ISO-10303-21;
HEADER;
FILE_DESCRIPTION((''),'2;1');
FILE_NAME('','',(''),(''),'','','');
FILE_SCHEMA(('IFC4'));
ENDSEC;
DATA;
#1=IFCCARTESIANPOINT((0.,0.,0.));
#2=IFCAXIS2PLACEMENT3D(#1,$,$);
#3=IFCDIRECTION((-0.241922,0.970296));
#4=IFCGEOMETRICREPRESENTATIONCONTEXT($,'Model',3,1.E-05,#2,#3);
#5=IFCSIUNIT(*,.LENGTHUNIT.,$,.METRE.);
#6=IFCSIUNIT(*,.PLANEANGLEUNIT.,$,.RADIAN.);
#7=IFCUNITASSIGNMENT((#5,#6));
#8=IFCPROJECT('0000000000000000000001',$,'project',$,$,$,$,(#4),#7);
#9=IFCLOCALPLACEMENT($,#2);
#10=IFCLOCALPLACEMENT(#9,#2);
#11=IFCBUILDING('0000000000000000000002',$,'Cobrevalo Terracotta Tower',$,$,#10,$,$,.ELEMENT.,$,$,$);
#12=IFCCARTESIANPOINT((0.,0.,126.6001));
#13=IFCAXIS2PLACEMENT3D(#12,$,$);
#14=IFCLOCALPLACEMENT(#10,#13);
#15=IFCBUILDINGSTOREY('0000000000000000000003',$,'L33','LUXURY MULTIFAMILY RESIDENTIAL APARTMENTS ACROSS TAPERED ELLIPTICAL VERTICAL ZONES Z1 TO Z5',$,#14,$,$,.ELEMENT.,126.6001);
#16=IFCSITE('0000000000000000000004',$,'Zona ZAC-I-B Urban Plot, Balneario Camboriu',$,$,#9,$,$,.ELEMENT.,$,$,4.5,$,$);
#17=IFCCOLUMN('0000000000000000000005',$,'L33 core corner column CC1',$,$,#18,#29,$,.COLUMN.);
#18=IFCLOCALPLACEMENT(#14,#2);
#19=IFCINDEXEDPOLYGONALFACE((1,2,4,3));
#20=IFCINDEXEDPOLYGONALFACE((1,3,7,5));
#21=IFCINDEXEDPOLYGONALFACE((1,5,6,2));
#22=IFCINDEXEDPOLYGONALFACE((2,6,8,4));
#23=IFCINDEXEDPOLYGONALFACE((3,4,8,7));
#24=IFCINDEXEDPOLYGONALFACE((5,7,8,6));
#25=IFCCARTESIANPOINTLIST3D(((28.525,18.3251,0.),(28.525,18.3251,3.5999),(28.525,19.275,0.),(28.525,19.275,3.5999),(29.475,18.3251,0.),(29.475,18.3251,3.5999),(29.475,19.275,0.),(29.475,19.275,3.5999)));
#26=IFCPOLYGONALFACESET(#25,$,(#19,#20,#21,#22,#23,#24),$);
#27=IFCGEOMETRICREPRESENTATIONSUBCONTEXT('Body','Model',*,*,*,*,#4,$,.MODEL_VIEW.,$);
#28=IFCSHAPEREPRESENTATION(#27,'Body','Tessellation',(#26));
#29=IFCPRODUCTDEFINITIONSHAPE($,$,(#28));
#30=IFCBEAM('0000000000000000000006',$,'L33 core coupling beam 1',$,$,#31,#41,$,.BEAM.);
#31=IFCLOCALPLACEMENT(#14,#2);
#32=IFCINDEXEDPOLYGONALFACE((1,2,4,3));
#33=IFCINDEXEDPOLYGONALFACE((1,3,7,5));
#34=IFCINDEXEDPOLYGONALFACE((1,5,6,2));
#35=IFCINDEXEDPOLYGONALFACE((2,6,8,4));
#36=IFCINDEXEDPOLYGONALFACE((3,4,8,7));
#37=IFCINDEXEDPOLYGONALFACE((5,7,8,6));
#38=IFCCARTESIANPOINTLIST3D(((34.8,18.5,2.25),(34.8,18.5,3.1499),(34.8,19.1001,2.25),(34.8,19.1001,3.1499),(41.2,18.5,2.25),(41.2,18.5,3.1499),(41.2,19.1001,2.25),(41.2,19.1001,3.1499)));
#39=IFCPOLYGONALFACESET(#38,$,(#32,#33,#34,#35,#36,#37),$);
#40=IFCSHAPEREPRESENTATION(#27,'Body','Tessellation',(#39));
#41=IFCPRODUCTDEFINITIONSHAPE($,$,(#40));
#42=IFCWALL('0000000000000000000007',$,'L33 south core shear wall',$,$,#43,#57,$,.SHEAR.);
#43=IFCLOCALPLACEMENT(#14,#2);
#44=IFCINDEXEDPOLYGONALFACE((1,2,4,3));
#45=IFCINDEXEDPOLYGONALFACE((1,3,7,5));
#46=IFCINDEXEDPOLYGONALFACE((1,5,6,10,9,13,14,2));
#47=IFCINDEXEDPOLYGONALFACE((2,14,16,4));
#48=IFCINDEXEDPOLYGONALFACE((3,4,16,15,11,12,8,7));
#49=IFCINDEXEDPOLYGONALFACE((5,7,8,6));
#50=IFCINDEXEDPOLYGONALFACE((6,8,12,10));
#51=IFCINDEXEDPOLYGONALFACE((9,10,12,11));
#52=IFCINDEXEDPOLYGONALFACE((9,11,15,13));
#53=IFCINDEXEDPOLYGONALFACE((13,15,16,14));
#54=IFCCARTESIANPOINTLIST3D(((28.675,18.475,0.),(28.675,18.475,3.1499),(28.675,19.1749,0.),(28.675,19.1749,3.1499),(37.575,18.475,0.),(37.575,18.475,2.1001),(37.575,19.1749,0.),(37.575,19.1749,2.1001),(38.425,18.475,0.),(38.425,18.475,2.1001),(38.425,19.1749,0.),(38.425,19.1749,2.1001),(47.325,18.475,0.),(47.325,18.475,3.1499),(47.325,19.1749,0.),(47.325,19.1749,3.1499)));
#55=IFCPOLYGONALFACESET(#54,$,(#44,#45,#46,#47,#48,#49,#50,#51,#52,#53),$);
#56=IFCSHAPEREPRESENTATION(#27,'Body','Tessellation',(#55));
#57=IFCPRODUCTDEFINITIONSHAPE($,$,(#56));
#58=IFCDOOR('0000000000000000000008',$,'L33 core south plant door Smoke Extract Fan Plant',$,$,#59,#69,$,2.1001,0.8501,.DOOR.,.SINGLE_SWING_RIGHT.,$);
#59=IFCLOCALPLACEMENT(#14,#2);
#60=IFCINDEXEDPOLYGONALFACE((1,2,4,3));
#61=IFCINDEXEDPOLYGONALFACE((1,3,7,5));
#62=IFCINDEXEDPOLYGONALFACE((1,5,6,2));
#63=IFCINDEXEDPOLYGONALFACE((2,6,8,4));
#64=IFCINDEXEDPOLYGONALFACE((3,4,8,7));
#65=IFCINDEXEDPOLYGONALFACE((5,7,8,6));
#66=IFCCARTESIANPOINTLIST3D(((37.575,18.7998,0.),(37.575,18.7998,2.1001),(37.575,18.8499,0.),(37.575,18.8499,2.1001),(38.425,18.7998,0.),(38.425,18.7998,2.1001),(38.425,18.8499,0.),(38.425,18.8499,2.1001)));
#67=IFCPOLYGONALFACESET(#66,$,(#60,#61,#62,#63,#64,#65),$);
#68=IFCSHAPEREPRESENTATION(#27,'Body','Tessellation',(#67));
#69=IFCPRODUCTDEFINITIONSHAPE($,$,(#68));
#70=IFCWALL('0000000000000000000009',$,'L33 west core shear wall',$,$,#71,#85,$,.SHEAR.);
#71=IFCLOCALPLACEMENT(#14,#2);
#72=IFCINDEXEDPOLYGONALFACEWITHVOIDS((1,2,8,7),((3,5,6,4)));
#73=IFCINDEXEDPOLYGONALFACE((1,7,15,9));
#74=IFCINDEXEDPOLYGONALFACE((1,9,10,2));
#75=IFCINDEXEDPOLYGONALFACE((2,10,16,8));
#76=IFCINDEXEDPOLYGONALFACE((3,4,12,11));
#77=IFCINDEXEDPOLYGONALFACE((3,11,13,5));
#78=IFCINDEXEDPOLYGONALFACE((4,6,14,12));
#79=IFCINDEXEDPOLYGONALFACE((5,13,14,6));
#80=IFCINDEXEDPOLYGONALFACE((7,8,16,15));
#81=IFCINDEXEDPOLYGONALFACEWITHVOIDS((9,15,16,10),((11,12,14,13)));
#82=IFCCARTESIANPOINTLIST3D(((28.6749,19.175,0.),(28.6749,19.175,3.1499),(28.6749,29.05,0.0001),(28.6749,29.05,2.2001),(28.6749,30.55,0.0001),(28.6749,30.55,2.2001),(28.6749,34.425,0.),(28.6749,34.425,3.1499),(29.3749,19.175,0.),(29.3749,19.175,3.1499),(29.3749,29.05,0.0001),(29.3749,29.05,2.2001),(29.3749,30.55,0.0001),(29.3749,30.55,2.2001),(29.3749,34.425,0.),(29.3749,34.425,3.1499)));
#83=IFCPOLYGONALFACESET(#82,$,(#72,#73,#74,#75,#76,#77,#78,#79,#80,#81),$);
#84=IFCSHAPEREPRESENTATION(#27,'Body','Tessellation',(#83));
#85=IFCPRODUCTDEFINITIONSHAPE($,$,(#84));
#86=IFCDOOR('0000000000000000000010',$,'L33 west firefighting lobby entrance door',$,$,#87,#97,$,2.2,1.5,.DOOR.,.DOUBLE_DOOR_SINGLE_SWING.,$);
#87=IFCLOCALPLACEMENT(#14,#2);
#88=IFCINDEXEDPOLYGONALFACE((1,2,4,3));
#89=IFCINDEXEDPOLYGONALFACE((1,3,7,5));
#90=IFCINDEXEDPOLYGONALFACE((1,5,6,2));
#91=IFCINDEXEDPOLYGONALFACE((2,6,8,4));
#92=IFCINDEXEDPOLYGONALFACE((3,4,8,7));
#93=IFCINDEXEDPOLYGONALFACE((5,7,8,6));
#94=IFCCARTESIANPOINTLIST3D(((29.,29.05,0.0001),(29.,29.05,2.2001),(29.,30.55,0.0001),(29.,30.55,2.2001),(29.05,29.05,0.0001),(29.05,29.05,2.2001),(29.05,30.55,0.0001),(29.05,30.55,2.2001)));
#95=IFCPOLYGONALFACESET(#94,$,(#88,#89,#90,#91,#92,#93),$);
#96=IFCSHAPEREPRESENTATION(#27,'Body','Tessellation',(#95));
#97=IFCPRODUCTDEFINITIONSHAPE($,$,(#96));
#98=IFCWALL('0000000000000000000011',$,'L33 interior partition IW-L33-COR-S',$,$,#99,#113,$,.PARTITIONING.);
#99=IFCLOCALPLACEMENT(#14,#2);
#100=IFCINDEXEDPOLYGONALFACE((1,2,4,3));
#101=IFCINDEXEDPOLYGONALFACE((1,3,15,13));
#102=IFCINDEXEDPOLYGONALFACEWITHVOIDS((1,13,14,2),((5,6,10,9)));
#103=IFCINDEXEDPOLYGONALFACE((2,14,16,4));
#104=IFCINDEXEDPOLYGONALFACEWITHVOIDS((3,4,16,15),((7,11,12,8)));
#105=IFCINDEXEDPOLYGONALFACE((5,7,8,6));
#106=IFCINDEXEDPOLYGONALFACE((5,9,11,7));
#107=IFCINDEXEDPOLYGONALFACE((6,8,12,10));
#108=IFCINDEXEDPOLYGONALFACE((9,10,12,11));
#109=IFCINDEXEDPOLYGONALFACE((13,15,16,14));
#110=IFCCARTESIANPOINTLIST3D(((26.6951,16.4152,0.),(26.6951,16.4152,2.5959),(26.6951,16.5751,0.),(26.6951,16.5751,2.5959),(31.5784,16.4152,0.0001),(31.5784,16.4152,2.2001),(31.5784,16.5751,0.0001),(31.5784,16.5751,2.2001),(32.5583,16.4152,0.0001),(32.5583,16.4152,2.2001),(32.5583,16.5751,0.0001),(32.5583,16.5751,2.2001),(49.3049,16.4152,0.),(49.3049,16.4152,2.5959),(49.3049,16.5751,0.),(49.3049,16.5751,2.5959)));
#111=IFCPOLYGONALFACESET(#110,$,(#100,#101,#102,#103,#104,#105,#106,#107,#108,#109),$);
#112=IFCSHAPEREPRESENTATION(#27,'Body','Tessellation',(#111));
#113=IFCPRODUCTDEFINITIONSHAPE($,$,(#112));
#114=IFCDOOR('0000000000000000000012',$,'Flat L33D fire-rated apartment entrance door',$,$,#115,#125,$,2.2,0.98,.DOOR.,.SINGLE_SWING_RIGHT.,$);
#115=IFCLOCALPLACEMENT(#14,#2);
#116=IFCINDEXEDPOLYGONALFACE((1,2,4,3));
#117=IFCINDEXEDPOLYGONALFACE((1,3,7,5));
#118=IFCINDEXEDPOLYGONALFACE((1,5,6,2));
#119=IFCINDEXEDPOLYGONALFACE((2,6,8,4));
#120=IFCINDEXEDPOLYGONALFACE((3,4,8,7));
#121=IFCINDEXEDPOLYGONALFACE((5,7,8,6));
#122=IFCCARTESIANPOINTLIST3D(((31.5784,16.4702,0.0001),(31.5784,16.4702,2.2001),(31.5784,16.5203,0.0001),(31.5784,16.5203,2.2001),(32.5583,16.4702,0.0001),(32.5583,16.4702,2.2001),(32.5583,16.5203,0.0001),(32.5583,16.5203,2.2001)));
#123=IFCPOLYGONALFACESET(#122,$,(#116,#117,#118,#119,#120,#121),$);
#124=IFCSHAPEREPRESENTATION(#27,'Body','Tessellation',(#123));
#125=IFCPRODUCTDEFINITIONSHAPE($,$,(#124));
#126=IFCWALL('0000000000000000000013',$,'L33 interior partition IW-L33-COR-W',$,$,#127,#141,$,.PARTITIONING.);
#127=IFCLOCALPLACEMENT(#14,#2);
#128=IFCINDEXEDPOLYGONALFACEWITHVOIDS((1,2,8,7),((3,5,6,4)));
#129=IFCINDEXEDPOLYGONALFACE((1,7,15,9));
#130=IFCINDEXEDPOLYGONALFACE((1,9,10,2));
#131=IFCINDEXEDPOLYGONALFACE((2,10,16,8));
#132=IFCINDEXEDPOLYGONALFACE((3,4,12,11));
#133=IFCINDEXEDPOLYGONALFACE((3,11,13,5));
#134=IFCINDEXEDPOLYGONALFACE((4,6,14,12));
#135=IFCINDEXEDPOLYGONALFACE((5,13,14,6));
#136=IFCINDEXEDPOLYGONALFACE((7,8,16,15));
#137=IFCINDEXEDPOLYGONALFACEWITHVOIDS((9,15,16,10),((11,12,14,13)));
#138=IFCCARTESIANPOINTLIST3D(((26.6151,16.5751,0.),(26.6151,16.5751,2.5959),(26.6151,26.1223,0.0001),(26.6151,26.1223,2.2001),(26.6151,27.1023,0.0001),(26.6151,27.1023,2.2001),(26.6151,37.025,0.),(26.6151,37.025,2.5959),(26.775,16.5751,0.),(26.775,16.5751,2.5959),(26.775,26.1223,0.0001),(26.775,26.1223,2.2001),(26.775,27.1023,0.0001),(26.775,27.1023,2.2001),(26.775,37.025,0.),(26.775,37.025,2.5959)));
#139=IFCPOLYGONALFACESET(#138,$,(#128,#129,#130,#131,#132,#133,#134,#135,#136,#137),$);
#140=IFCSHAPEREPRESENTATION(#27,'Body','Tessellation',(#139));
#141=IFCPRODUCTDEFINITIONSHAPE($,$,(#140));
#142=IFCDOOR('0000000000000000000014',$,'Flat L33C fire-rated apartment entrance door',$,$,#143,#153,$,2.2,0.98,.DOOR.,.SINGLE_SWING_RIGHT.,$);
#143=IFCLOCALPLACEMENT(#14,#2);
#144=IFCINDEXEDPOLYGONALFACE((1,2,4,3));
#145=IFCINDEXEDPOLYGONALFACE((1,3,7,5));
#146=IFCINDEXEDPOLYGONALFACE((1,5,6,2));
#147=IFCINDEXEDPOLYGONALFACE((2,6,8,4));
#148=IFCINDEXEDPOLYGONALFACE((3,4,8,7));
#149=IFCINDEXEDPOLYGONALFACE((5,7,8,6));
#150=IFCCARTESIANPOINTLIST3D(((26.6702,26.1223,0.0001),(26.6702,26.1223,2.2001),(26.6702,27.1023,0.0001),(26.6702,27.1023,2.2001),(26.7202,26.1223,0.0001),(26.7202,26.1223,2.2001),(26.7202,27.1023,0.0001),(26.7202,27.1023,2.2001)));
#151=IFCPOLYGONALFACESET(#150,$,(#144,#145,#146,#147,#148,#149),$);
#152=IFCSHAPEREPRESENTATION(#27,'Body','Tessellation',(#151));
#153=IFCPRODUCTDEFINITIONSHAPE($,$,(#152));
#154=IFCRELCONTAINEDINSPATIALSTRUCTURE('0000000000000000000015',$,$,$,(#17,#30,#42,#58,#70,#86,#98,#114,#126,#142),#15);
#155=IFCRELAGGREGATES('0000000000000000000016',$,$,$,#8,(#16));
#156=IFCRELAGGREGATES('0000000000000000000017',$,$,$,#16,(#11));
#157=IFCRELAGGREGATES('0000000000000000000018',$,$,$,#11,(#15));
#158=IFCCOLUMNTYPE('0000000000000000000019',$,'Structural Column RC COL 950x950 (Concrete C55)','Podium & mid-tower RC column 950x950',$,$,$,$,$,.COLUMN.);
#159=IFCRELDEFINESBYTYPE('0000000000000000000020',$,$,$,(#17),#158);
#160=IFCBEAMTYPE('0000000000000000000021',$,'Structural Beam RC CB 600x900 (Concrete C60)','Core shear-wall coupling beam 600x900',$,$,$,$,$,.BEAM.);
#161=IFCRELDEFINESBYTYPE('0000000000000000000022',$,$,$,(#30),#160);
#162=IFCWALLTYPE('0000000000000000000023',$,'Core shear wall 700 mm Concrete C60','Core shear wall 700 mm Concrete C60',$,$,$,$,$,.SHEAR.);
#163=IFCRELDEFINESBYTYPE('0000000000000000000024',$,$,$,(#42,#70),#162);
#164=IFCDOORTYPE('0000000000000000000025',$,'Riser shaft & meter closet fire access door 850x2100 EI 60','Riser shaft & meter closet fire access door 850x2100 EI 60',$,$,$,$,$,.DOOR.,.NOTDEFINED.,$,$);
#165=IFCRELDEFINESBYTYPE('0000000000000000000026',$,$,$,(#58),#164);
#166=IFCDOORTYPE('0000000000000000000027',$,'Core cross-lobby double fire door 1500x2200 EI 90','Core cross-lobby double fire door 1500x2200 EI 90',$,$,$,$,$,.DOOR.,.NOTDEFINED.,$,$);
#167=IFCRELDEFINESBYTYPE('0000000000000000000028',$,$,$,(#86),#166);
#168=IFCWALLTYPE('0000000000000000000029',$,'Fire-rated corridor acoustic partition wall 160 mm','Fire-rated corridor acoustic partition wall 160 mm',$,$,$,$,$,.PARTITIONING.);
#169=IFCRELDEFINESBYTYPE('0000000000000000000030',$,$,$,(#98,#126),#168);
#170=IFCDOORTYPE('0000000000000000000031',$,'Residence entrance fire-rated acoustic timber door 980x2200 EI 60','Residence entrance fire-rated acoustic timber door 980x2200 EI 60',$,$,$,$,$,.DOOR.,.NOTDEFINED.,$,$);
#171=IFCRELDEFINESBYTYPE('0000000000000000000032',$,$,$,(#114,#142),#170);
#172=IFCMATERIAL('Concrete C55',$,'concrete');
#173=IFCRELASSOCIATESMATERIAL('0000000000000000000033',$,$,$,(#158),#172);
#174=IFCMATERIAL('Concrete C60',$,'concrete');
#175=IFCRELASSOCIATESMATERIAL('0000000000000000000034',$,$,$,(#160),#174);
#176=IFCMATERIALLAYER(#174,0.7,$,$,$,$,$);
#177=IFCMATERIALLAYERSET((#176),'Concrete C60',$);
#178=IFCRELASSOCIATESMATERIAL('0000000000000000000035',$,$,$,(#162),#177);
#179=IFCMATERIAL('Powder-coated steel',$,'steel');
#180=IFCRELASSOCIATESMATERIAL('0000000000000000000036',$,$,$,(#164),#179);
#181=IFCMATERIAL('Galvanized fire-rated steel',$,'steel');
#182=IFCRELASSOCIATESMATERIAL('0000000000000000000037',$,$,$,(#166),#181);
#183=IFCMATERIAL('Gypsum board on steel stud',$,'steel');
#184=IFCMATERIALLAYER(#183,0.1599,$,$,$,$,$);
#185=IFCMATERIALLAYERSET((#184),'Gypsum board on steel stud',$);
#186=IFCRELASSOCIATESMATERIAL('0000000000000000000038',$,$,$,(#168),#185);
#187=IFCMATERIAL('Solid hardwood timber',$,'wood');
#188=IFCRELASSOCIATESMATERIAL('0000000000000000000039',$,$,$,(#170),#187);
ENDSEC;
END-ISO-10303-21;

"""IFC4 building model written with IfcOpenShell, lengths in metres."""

from ifc_helpers import new_model, si_unit, direction, frame, frame_2d, origin, origin_2d, place, context, subcontext, project, spatial, rectangle, extrude, source, transform, mapped, material, layer, layer_set, material_profile, profile_set, type_object, element, fill, save


model = new_model("IFC4")

# Units and contexts
model_context = context("Model", 3, precision=1e-05, world=origin(), true_north=direction((-0.241922, 0.970296)))
body_context = subcontext(model_context, "Body", "Model", "MODEL_VIEW")
ifc_project = project(units=[si_unit("LENGTHUNIT", "METRE"), si_unit("PLANEANGLEUNIT", "RADIAN")], contexts=[model_context])

# Site, building, storey
site_placement = place(None, origin())
site = spatial("IfcSite", under=ifc_project, at=site_placement, Name="Zona ZAC-I-B Urban Plot, Balneario Camboriu", CompositionType="ELEMENT", RefElevation=4.5)
building_placement = place(site_placement, origin())
building = spatial("IfcBuilding", under=site, at=building_placement, Name="Cobrevalo Terracotta Tower", CompositionType="ELEMENT")
storey_placement = place(building_placement, frame((0.0, 0.0, 126.6001)))
storey = spatial("IfcBuildingStorey", under=building, at=storey_placement, Name="L33", Description="LUXURY MULTIFAMILY RESIDENTIAL APARTMENTS ACROSS TAPERED ELLIPTICAL VERTICAL ZONES Z1 TO Z5", CompositionType="ELEMENT", Elevation=126.6001)

# Column
ifc_material_1 = material(Name="Concrete C55", Category="concrete")
ifc_material_profile_1 = material_profile(ifc_material_1, rectangle(XDim=0.95, YDim=0.95, at=origin_2d()), Name="RC COL 950x950")
ifc_profile_set_1 = profile_set([ifc_material_profile_1], Name="Concrete C55")
column_type = type_object("IfcColumnType", Name="Structural Column RC COL 950x950 (Concrete C55)", Description="Podium & mid-tower RC column 950x950", PredefinedType="COLUMN", material=ifc_profile_set_1)
column_placement = place(storey_placement, frame((29.0, 18.8, 0.0), z_axis=(0.0, 0.0, 1.0), x_axis=(1.0, 0.0, 0.0)))
element("IfcColumn", 1, at=column_placement, inside=storey, type_object=column_type, Name="L33 core corner column CC1", PredefinedType="COLUMN", context=body_context, shape_type="SweptSolid", body=[
    extrude(rectangle(XDim=0.95, YDim=0.95, at=origin_2d()), origin(), (0.0, 0.0, 1.0), 3.5999),
])

# Beam
ifc_material_2 = material(Name="Concrete C60", Category="concrete")
ifc_material_profile_2 = material_profile(ifc_material_2, rectangle(XDim=0.6001, YDim=0.8999, at=origin_2d()), Name="RC CB 600x900")
ifc_profile_set_2 = profile_set([ifc_material_profile_2], Name="Concrete C60")
beam_type = type_object("IfcBeamType", Name="Structural Beam RC CB 600x900 (Concrete C60)", Description="Core shear-wall coupling beam 600x900", PredefinedType="BEAM", material=ifc_profile_set_2)
beam_placement = place(storey_placement, frame((34.8, 18.8, 2.7), z_axis=(1.0, 0.0, 0.0), x_axis=(0.0, 1.0, 0.0)))
element("IfcBeam", 2, at=beam_placement, inside=storey, type_object=beam_type, Name="L33 core coupling beam 1", PredefinedType="BEAM", context=body_context, shape_type="SweptSolid", body=[
    extrude(rectangle(XDim=0.6001, YDim=0.8999, at=origin_2d()), origin(), (0.0, 0.0, 1.0), 6.3999),
])

# Walls, openings, doors
ifc_layer_1 = layer(ifc_material_2, 0.7)
ifc_layer_set_1 = layer_set([ifc_layer_1], Name="Concrete C60")
wall_type_1 = type_object("IfcWallType", Name="Core shear wall 700 mm Concrete C60", Description="Core shear wall 700 mm Concrete C60", PredefinedType="SHEAR", material=ifc_layer_set_1)
wall_1_placement = place(storey_placement, frame((28.675, 18.825, 0.0), z_axis=(0.0, 0.0, 1.0), x_axis=(1.0, 0.0, 0.0)))
wall_1 = element("IfcWall", 3, at=wall_1_placement, inside=storey, type_object=wall_type_1, Name="L33 south core shear wall", PredefinedType="SHEAR", context=body_context, shape_type="SweptSolid", body=[
    extrude(rectangle(XDim=18.6499, YDim=0.7, at=frame_2d((9.325, 0.0))), origin(), (0.0, 0.0, 1.0), 3.1499),
])
opening_1_placement = place(wall_1_placement, frame((8.8999, 0.0, 0.0)))
opening_1 = element("IfcOpeningElement", 4, at=opening_1_placement, cuts=wall_1, PredefinedType="OPENING", context=body_context, shape_type="SweptSolid", body=[
    extrude(rectangle(XDim=0.8501, YDim=2.1001, at=frame_2d((0.425, 1.05))), frame((0.0, 0.3599, 0.0), z_axis=(0.0, -1.0, 0.0), x_axis=(1.0, 0.0, 0.0)), (0.0, 0.0, 1.0), 0.72),
])
ifc_material_3 = material(Name="Powder-coated steel", Category="steel")
door_type_1 = type_object("IfcDoorType", Name="Riser shaft & meter closet fire access door 850x2100 EI 60", Description="Riser shaft & meter closet fire access door 850x2100 EI 60", OperationType="NOTDEFINED", PredefinedType="DOOR", material=ifc_material_3)
shared_shape_1 = source(origin(), body_context, "Body", "SweptSolid", [
    extrude(rectangle(XDim=0.8501, YDim=2.1001, at=frame_2d((0.425, 1.05))), frame((0.0, 0.0249, 0.0), z_axis=(0.0, -1.0, 0.0), x_axis=(1.0, 0.0, 0.0)), (0.0, 0.0, 1.0), 0.05),
])
door_1_placement = place(opening_1_placement, origin())
door_1 = element("IfcDoor", 5, at=door_1_placement, inside=storey, type_object=door_type_1, Name="L33 core south plant door Smoke Extract Fan Plant", OperationType="SINGLE_SWING_RIGHT", OverallHeight=2.1001, OverallWidth=0.8501, PredefinedType="DOOR", context=body_context, shape_type="MappedRepresentation", body=[
    mapped(shared_shape_1, transform((0.0, 0.0, 0.0), scale=1.0)),
])
fill(opening_1, door_1)
wall_2_placement = place(storey_placement, frame((29.0249, 19.175, 0.0), z_axis=(0.0, 0.0, 1.0), x_axis=(0.0, 1.0, 0.0)))
wall_2 = element("IfcWall", 6, at=wall_2_placement, inside=storey, type_object=wall_type_1, Name="L33 west core shear wall", PredefinedType="SHEAR", context=body_context, shape_type="SweptSolid", body=[
    extrude(rectangle(XDim=15.25, YDim=0.7, at=frame_2d((7.625, 0.0))), origin(), (0.0, 0.0, 1.0), 3.1499),
])
opening_2_placement = place(wall_2_placement, frame((9.875, 0.0, 0.0)))
opening_2 = element("IfcOpeningElement", 7, at=opening_2_placement, cuts=wall_2, PredefinedType="OPENING", context=body_context, shape_type="SweptSolid", body=[
    extrude(rectangle(XDim=1.5, YDim=2.2, at=frame_2d((0.75, 1.1001))), frame((0.0, 0.3599, 0.0), z_axis=(0.0, -1.0, 0.0), x_axis=(1.0, 0.0, 0.0)), (0.0, 0.0, 1.0), 0.72),
])
ifc_material_4 = material(Name="Galvanized fire-rated steel", Category="steel")
door_type_2 = type_object("IfcDoorType", Name="Core cross-lobby double fire door 1500x2200 EI 90", Description="Core cross-lobby double fire door 1500x2200 EI 90", OperationType="NOTDEFINED", PredefinedType="DOOR", material=ifc_material_4)
shared_shape_2 = source(origin(), body_context, "Body", "SweptSolid", [
    extrude(rectangle(XDim=1.5, YDim=2.2, at=frame_2d((0.75, 1.1001))), frame((0.0, 0.0249, 0.0), z_axis=(0.0, -1.0, 0.0), x_axis=(1.0, 0.0, 0.0)), (0.0, 0.0, 1.0), 0.05),
])
door_2_placement = place(opening_2_placement, origin())
door_2 = element("IfcDoor", 8, at=door_2_placement, inside=storey, type_object=door_type_2, Name="L33 west firefighting lobby entrance door", OperationType="DOUBLE_DOOR_SINGLE_SWING", OverallHeight=2.2, OverallWidth=1.5, PredefinedType="DOOR", context=body_context, shape_type="MappedRepresentation", body=[
    mapped(shared_shape_2, transform((0.0, 0.0, 0.0), scale=1.0)),
])
fill(opening_2, door_2)
ifc_material_5 = material(Name="Gypsum board on steel stud", Category="steel")
ifc_layer_2 = layer(ifc_material_5, 0.1599)
ifc_layer_set_2 = layer_set([ifc_layer_2], Name="Gypsum board on steel stud")
wall_type_2 = type_object("IfcWallType", Name="Fire-rated corridor acoustic partition wall 160 mm", Description="Fire-rated corridor acoustic partition wall 160 mm", PredefinedType="PARTITIONING", material=ifc_layer_set_2)
wall_3_placement = place(storey_placement, frame((26.6951, 16.4951, 0.0), z_axis=(0.0, 0.0, 1.0), x_axis=(1.0, 0.0, 0.0)))
wall_3 = element("IfcWall", 9, at=wall_3_placement, inside=storey, type_object=wall_type_2, Name="L33 interior partition IW-L33-COR-S", PredefinedType="PARTITIONING", context=body_context, shape_type="SweptSolid", body=[
    extrude(rectangle(XDim=22.6099, YDim=0.1599, at=frame_2d((11.3049, 0.0))), origin(), (0.0, 0.0, 1.0), 2.5959),
])
opening_3_placement = place(wall_3_placement, frame((4.8833, 0.0, 0.0)))
opening_3 = element("IfcOpeningElement", 10, at=opening_3_placement, cuts=wall_3, PredefinedType="OPENING", context=body_context, shape_type="SweptSolid", body=[
    extrude(rectangle(XDim=0.98, YDim=2.2, at=frame_2d((0.49, 1.1001))), frame((0.0, 0.0898, 0.0), z_axis=(0.0, -1.0, 0.0), x_axis=(1.0, 0.0, 0.0)), (0.0, 0.0, 1.0), 0.1799),
])
ifc_material_6 = material(Name="Solid hardwood timber", Category="wood")
door_type_3 = type_object("IfcDoorType", Name="Residence entrance fire-rated acoustic timber door 980x2200 EI 60", Description="Residence entrance fire-rated acoustic timber door 980x2200 EI 60", OperationType="NOTDEFINED", PredefinedType="DOOR", material=ifc_material_6)
shared_shape_3 = source(origin(), body_context, "Body", "SweptSolid", [
    extrude(rectangle(XDim=0.98, YDim=2.2, at=frame_2d((0.49, 1.1001))), frame((0.0, 0.0249, 0.0), z_axis=(0.0, -1.0, 0.0), x_axis=(1.0, 0.0, 0.0)), (0.0, 0.0, 1.0), 0.05),
])
door_3_placement = place(opening_3_placement, frame((0.98, 0.0, 0.0), z_axis=(0.0, 0.0, 1.0), x_axis=(-1.0, 0.0, 0.0)))
door_3 = element("IfcDoor", 11, at=door_3_placement, inside=storey, type_object=door_type_3, Name="Flat L33D fire-rated apartment entrance door", OperationType="SINGLE_SWING_RIGHT", OverallHeight=2.2, OverallWidth=0.98, PredefinedType="DOOR", context=body_context, shape_type="MappedRepresentation", body=[
    mapped(shared_shape_3, transform((0.0, 0.0, 0.0), scale=1.0)),
])
fill(opening_3, door_3)
wall_4_placement = place(storey_placement, frame((26.6951, 16.575, 0.0), z_axis=(0.0, 0.0, 1.0), x_axis=(0.0, 1.0, 0.0)))
wall_4 = element("IfcWall", 12, at=wall_4_placement, inside=storey, type_object=wall_type_2, Name="L33 interior partition IW-L33-COR-W", PredefinedType="PARTITIONING", context=body_context, shape_type="SweptSolid", body=[
    extrude(rectangle(XDim=20.45, YDim=0.1599, at=frame_2d((10.2251, 0.0))), origin(), (0.0, 0.0, 1.0), 2.5959),
])
opening_4_placement = place(wall_4_placement, frame((9.5474, 0.0, 0.0)))
opening_4 = element("IfcOpeningElement", 13, at=opening_4_placement, cuts=wall_4, PredefinedType="OPENING", context=body_context, shape_type="SweptSolid", body=[
    extrude(rectangle(XDim=0.98, YDim=2.2, at=frame_2d((0.49, 1.1001))), frame((0.0, 0.0898, 0.0), z_axis=(0.0, -1.0, 0.0), x_axis=(1.0, 0.0, 0.0)), (0.0, 0.0, 1.0), 0.1799),
])
door_4_placement = place(opening_4_placement, origin())
door_4 = element("IfcDoor", 14, at=door_4_placement, inside=storey, type_object=door_type_3, Name="Flat L33C fire-rated apartment entrance door", OperationType="SINGLE_SWING_RIGHT", OverallHeight=2.2, OverallWidth=0.98, PredefinedType="DOOR", context=body_context, shape_type="MappedRepresentation", body=[
    mapped(shared_shape_3, transform((0.0, 0.0, 0.0), scale=1.0)),
])
fill(opening_4, door_4)

save(model, "model.ifc")
